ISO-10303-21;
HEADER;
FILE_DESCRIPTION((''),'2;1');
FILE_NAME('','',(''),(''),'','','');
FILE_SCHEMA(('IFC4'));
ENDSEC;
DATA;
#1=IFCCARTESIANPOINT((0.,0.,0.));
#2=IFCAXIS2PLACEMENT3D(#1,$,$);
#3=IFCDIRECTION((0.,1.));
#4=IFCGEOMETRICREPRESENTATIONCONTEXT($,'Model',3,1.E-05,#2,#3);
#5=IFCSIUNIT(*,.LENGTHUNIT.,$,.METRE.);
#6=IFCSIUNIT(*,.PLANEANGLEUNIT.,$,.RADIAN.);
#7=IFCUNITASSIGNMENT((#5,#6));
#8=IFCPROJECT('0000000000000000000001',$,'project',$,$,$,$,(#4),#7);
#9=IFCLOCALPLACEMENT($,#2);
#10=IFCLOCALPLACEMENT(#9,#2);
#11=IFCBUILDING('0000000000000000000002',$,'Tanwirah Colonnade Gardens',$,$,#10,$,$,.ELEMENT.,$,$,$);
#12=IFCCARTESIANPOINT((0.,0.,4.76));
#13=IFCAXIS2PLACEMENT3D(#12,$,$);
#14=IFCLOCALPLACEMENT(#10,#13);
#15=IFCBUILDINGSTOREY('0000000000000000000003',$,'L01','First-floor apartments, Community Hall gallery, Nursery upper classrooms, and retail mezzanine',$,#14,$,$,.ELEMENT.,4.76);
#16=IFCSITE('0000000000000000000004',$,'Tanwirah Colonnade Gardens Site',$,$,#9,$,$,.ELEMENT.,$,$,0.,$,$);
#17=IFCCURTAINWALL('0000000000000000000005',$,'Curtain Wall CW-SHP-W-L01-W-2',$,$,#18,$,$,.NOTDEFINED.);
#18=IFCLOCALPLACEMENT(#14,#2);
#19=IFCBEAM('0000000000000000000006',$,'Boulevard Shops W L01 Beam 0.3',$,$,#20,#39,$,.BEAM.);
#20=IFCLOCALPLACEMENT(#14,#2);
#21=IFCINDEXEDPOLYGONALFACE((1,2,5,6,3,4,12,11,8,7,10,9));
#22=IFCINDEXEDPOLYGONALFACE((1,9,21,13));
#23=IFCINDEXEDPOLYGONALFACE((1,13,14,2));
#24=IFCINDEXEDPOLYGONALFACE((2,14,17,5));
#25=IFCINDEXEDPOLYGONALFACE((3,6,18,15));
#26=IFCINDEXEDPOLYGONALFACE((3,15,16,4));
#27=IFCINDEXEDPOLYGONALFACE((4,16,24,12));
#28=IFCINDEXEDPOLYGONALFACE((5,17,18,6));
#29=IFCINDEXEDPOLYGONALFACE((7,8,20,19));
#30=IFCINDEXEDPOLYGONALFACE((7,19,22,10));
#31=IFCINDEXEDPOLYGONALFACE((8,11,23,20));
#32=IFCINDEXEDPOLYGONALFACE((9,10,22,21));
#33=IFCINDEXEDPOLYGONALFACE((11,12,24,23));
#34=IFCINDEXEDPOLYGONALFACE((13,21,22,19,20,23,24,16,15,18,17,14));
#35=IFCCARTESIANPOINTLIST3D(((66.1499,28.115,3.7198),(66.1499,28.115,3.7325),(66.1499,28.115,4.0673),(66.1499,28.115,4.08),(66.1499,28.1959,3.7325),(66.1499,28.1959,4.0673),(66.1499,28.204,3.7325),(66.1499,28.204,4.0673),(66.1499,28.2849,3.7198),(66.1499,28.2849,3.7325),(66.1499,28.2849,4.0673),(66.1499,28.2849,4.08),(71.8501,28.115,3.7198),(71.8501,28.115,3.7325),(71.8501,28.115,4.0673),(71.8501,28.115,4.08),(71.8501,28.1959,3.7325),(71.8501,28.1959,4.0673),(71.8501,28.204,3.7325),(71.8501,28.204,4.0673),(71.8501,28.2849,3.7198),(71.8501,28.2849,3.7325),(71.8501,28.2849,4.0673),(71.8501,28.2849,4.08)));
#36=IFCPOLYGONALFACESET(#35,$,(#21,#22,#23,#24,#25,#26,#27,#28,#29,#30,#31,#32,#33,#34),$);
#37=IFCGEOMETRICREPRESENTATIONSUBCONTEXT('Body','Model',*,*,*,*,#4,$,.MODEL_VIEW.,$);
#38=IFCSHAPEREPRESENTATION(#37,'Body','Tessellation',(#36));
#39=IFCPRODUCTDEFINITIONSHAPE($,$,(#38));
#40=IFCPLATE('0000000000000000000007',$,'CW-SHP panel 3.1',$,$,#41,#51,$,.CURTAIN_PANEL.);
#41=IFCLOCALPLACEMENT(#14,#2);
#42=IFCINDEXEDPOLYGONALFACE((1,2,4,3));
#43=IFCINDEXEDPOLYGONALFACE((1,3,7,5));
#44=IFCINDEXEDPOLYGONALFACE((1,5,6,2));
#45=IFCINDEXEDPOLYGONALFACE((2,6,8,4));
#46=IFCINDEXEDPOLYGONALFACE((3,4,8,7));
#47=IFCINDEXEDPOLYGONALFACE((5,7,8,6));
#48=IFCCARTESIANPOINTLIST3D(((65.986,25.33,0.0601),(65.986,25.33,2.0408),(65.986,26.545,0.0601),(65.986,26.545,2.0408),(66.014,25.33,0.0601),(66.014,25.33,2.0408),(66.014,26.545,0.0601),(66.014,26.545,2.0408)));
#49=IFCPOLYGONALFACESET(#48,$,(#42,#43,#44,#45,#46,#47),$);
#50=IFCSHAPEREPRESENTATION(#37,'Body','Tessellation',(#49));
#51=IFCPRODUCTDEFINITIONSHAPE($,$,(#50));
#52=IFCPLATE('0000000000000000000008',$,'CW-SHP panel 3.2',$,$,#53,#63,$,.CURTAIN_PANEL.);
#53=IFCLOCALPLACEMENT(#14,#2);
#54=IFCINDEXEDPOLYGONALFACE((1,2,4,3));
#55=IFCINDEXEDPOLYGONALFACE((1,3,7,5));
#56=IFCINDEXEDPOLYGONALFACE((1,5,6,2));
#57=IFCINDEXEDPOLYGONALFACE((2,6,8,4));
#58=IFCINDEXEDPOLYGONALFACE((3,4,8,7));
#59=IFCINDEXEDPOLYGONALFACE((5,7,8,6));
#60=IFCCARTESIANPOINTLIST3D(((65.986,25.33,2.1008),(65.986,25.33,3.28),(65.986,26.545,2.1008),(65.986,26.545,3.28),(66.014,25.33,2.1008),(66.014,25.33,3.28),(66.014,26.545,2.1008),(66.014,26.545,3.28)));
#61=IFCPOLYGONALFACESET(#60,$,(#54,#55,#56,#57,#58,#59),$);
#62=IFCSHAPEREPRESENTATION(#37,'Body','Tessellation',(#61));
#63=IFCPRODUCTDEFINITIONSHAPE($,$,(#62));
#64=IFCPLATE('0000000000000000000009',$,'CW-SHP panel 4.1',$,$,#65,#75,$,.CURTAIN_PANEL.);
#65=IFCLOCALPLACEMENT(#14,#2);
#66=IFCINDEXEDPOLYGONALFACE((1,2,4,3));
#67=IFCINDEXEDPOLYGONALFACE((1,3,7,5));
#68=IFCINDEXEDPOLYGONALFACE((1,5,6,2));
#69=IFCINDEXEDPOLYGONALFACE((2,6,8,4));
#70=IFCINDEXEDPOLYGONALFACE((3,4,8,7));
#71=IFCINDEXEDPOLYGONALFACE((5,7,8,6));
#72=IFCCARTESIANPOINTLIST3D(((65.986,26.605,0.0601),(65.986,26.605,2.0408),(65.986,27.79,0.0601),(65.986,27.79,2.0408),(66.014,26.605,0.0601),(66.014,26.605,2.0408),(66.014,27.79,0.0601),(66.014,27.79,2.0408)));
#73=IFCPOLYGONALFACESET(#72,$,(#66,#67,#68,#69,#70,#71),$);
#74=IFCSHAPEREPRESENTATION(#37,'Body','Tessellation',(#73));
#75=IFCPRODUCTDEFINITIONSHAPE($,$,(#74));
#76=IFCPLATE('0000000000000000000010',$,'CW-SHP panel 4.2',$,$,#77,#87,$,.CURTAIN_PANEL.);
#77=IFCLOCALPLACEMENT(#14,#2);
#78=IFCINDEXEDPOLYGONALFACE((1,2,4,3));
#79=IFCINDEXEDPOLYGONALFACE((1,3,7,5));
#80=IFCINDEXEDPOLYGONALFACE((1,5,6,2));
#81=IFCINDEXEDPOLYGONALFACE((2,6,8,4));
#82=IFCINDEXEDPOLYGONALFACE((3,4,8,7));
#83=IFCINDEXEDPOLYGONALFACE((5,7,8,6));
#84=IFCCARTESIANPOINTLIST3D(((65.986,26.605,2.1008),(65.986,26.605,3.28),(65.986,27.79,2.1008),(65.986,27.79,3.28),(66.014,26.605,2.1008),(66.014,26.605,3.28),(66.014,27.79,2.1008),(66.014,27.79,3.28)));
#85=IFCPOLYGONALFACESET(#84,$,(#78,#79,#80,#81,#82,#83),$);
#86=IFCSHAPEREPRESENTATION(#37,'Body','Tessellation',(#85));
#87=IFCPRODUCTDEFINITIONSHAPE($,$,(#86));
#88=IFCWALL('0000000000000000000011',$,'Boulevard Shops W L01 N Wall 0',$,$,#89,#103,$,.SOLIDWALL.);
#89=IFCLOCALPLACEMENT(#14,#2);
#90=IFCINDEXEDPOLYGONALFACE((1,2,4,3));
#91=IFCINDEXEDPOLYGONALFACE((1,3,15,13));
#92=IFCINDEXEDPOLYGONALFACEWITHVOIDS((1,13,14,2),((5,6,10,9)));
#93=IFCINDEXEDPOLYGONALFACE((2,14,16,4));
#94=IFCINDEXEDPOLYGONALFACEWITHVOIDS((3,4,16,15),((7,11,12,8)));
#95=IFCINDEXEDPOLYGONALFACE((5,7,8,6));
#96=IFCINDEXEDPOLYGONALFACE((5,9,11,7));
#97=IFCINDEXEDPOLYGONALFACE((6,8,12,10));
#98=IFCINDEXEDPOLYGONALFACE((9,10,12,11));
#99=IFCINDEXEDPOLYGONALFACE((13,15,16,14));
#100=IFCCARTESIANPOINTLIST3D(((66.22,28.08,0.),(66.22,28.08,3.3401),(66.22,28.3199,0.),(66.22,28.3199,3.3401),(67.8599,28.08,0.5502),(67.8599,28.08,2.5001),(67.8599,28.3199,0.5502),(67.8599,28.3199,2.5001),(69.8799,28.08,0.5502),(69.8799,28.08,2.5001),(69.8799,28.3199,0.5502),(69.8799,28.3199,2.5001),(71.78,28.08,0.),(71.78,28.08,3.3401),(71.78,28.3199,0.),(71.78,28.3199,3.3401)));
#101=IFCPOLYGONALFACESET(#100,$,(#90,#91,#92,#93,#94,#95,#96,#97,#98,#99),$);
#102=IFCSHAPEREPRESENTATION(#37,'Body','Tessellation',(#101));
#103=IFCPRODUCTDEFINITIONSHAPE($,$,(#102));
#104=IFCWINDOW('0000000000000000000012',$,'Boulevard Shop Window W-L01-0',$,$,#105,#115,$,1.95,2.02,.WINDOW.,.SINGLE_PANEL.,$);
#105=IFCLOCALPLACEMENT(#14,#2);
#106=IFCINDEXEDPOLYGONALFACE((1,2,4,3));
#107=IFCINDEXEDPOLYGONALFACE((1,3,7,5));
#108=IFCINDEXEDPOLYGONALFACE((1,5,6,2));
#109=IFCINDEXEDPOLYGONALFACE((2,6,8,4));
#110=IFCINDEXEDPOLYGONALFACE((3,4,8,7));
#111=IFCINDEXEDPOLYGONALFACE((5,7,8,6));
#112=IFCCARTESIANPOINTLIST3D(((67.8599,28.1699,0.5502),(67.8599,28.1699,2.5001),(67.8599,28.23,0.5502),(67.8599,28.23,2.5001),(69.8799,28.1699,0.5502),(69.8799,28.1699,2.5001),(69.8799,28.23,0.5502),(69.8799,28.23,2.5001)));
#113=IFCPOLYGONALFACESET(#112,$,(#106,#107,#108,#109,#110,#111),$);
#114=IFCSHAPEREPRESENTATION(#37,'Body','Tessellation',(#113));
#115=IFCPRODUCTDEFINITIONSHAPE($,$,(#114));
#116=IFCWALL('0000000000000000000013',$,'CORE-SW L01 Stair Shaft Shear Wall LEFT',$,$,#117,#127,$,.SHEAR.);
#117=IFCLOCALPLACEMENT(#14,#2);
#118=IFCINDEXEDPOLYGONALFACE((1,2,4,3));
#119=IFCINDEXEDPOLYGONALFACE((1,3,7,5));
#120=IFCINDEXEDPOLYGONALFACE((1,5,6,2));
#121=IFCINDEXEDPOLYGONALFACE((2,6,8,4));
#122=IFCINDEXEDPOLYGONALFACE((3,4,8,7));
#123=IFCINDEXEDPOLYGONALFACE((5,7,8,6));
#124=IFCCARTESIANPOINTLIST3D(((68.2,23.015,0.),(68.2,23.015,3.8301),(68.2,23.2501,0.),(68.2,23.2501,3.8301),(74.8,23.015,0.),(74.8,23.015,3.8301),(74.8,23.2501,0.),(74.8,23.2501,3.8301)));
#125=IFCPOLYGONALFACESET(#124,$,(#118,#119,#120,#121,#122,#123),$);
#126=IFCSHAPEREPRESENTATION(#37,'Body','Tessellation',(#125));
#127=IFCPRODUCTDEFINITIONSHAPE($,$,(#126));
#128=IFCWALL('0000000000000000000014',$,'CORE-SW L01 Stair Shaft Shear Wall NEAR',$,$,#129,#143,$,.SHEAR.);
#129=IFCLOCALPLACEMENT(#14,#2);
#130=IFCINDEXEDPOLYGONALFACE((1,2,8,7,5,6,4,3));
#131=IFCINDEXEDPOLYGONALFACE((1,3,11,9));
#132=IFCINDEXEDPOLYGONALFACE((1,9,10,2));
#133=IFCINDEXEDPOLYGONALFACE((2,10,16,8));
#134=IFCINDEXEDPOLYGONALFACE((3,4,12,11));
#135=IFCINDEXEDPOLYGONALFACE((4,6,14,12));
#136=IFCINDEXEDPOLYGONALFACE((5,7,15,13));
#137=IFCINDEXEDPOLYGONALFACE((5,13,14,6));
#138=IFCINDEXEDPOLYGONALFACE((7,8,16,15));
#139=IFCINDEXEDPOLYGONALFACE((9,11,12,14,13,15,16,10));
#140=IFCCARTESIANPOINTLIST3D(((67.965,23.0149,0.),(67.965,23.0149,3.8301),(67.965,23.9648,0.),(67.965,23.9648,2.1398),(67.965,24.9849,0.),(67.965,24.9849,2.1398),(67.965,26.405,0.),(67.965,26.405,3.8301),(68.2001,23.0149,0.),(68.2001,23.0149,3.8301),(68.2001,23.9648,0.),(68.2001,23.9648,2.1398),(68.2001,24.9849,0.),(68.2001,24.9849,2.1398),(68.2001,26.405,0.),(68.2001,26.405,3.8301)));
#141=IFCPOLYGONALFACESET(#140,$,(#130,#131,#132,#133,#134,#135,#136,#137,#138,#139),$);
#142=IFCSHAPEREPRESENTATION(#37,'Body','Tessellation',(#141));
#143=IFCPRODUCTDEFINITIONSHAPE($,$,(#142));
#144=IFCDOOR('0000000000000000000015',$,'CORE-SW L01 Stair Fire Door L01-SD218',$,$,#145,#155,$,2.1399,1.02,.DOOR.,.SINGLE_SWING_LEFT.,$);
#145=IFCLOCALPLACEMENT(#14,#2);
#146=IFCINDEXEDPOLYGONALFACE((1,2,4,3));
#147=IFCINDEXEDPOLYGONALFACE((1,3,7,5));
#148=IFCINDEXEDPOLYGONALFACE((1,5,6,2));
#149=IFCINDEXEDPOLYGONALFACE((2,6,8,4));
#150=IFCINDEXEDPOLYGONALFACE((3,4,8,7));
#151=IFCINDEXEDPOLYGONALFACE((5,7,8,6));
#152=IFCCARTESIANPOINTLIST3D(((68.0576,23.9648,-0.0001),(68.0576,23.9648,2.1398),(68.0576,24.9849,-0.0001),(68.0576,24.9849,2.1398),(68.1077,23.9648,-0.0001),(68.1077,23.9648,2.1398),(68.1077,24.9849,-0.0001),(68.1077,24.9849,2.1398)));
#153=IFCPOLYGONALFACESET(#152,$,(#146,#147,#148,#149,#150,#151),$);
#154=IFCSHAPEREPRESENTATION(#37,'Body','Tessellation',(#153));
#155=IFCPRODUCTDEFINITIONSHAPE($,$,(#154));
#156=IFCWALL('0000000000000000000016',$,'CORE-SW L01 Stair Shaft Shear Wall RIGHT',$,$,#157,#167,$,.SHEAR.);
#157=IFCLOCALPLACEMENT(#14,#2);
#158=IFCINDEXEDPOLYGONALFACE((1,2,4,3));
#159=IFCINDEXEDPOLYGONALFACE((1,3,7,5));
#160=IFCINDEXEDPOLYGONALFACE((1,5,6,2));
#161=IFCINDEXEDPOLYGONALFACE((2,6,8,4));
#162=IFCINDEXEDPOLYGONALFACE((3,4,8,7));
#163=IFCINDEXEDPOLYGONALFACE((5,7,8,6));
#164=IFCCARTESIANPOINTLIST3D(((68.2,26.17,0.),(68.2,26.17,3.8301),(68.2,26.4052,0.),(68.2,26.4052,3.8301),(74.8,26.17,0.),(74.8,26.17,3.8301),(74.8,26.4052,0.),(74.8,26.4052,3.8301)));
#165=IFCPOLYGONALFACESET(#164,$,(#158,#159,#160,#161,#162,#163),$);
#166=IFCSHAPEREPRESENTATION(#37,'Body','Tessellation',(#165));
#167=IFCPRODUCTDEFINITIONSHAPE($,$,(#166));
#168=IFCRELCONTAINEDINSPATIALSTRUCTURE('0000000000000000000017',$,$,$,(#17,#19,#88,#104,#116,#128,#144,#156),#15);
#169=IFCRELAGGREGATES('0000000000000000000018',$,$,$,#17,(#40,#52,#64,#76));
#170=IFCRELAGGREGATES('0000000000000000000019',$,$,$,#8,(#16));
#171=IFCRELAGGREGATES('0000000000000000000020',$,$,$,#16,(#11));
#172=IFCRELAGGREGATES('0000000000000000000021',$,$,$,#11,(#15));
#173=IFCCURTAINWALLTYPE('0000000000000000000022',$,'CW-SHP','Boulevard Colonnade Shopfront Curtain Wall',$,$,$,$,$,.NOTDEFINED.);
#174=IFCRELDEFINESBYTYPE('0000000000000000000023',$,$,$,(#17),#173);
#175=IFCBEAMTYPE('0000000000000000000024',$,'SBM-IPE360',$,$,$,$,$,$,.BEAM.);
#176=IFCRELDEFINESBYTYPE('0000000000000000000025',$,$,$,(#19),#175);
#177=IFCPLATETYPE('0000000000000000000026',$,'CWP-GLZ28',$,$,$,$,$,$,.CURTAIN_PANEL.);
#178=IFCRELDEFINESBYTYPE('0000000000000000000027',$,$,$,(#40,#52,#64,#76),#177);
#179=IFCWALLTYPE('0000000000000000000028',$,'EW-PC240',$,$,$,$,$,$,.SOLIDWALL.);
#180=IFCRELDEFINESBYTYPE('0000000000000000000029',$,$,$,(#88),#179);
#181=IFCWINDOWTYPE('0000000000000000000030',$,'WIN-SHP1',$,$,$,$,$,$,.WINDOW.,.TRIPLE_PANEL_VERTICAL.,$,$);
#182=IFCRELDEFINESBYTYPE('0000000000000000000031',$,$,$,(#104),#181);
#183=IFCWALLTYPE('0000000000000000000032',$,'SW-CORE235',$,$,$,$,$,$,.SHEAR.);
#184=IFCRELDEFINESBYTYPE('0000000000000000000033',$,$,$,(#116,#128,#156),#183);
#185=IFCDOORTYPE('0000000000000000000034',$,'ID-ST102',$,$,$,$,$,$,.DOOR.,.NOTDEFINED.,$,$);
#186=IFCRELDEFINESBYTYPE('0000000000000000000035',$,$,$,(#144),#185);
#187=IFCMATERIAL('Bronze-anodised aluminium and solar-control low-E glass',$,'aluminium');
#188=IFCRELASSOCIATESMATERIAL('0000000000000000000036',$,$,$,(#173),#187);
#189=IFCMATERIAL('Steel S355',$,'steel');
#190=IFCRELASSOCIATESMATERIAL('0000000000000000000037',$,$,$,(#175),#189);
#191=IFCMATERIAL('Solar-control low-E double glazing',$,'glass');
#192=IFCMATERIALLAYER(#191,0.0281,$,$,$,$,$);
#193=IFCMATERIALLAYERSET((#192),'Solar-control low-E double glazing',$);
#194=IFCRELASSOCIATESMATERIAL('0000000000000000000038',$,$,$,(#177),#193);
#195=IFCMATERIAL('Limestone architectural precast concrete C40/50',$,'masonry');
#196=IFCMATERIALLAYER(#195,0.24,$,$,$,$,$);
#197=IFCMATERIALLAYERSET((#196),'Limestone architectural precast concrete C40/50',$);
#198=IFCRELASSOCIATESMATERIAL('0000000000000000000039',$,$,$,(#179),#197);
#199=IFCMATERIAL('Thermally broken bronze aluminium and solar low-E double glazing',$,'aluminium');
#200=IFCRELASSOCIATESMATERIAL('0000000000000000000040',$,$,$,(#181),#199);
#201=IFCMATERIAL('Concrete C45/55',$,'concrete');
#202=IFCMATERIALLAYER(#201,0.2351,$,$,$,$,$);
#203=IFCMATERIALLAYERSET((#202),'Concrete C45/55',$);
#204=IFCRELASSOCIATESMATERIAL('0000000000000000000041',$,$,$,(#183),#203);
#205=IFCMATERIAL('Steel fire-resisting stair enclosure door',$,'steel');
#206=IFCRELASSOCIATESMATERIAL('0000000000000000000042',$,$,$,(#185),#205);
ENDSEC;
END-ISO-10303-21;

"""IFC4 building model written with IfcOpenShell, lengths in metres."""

from ifc_helpers import new_model, si_unit, direction, frame, frame_2d, origin, origin_2d, place, context, subcontext, project, spatial, rectangle, i_section, extrude, material, layer, layer_set, material_profile, profile_set, type_object, element, fill, aggregate, save


model = new_model("IFC4")

# Units and contexts
model_context = context("Model", 3, precision=1e-05, world=origin(), true_north=direction((0.0, 1.0)))
body_context = subcontext(model_context, "Body", "Model", "MODEL_VIEW")
ifc_project = project(units=[si_unit("LENGTHUNIT", "METRE"), si_unit("PLANEANGLEUNIT", "RADIAN")], contexts=[model_context])

# Site, building, storey
site_placement = place(None, origin())
site = spatial("IfcSite", under=ifc_project, at=site_placement, Name="Tanwirah Colonnade Gardens Site", CompositionType="ELEMENT", RefElevation=0.0)
building_placement = place(site_placement, origin())
building = spatial("IfcBuilding", under=site, at=building_placement, Name="Tanwirah Colonnade Gardens", CompositionType="ELEMENT")
storey_placement = place(building_placement, frame((0.0, 0.0, 4.76)))
storey = spatial("IfcBuildingStorey", under=building, at=storey_placement, Name="L01", Description="First-floor apartments, Community Hall gallery, Nursery upper classrooms, and retail mezzanine", CompositionType="ELEMENT", Elevation=4.76)

# Curtain wall
ifc_material_1 = material(Name="Bronze-anodised aluminium and solar-control low-E glass", Category="aluminium")
curtain_wall_type = type_object("IfcCurtainWallType", Name="CW-SHP", Description="Boulevard Colonnade Shopfront Curtain Wall", PredefinedType="NOTDEFINED", material=ifc_material_1)
curtain_wall_placement = place(storey_placement, origin())
curtain_wall = element("IfcCurtainWall", 1, at=curtain_wall_placement, inside=storey, type_object=curtain_wall_type, Name="Curtain Wall CW-SHP-W-L01-W-2", PredefinedType="NOTDEFINED")

# Beam
ifc_material_2 = material(Name="Steel S355", Category="steel")
ifc_material_profile_1 = material_profile(ifc_material_2, i_section(OverallWidth=0.1699, OverallDepth=0.3601, WebThickness=0.0081, FlangeThickness=0.0127, at=origin_2d()), Name="IPE 360")
ifc_profile_set_1 = profile_set([ifc_material_profile_1], Name="Steel S355")
beam_type = type_object("IfcBeamType", Name="SBM-IPE360", PredefinedType="BEAM", material=ifc_profile_set_1)
beam_placement = place(storey_placement, frame((66.1499, 28.2, 3.8999), z_axis=(1.0, 0.0, 0.0), x_axis=(0.0, 1.0, 0.0)))
element("IfcBeam", 2, at=beam_placement, inside=storey, type_object=beam_type, Name="Boulevard Shops W L01 Beam 0.3", PredefinedType="BEAM", context=body_context, shape_type="SweptSolid", body=[
    extrude(i_section(OverallWidth=0.1699, OverallDepth=0.3601, WebThickness=0.0081, FlangeThickness=0.0127, at=origin_2d()), origin(), (0.0, 0.0, 1.0), 5.7002),
])

# Plates
ifc_material_3 = material(Name="Solar-control low-E double glazing", Category="glass")
ifc_layer_1 = layer(ifc_material_3, 0.0281)
ifc_layer_set_1 = layer_set([ifc_layer_1], Name="Solar-control low-E double glazing")
plate_type = type_object("IfcPlateType", Name="CWP-GLZ28", PredefinedType="CURTAIN_PANEL", material=ifc_layer_set_1)
plate_1_placement = place(storey_placement, frame((66.0, 25.9375, 0.0601), z_axis=(0.0, 0.0, 1.0), x_axis=(0.0, 1.0, 0.0)))
plate_1 = element("IfcPlate", 3, at=plate_1_placement, type_object=plate_type, Name="CW-SHP panel 3.1", PredefinedType="CURTAIN_PANEL", context=body_context, shape_type="SweptSolid", body=[
    extrude(rectangle(XDim=1.2151, YDim=0.0281, at=origin_2d()), origin(), (0.0, 0.0, 1.0), 1.9807),
])
plate_2_placement = place(storey_placement, frame((66.0, 25.9375, 2.1008), z_axis=(0.0, 0.0, 1.0), x_axis=(0.0, 1.0, 0.0)))
plate_2 = element("IfcPlate", 4, at=plate_2_placement, type_object=plate_type, Name="CW-SHP panel 3.2", PredefinedType="CURTAIN_PANEL", context=body_context, shape_type="SweptSolid", body=[
    extrude(rectangle(XDim=1.2151, YDim=0.0281, at=origin_2d()), origin(), (0.0, 0.0, 1.0), 1.1792),
])
plate_3_placement = place(storey_placement, frame((66.0, 27.1975, 0.0601), z_axis=(0.0, 0.0, 1.0), x_axis=(0.0, 1.0, 0.0)))
plate_3 = element("IfcPlate", 5, at=plate_3_placement, type_object=plate_type, Name="CW-SHP panel 4.1", PredefinedType="CURTAIN_PANEL", context=body_context, shape_type="SweptSolid", body=[
    extrude(rectangle(XDim=1.1851, YDim=0.0281, at=origin_2d()), origin(), (0.0, 0.0, 1.0), 1.9807),
])
plate_4_placement = place(storey_placement, frame((66.0, 27.1975, 2.1008), z_axis=(0.0, 0.0, 1.0), x_axis=(0.0, 1.0, 0.0)))
plate_4 = element("IfcPlate", 6, at=plate_4_placement, type_object=plate_type, Name="CW-SHP panel 4.2", PredefinedType="CURTAIN_PANEL", context=body_context, shape_type="SweptSolid", body=[
    extrude(rectangle(XDim=1.1851, YDim=0.0281, at=origin_2d()), origin(), (0.0, 0.0, 1.0), 1.1792),
])
aggregate(curtain_wall, [plate_1, plate_2, plate_3, plate_4])

# Wall, opening, window
ifc_material_4 = material(Name="Limestone architectural precast concrete C40/50", Category="masonry")
ifc_layer_2 = layer(ifc_material_4, 0.24)
ifc_layer_set_2 = layer_set([ifc_layer_2], Name="Limestone architectural precast concrete C40/50")
wall_type_1 = type_object("IfcWallType", Name="EW-PC240", PredefinedType="SOLIDWALL", material=ifc_layer_set_2)
wall_1_placement = place(storey_placement, frame((66.22, 28.2, 0.0), z_axis=(0.0, 0.0, 1.0), x_axis=(1.0, 0.0, 0.0)))
wall_1 = element("IfcWall", 7, at=wall_1_placement, inside=storey, type_object=wall_type_1, Name="Boulevard Shops W L01 N Wall 0", PredefinedType="SOLIDWALL", context=body_context, shape_type="SweptSolid", body=[
    extrude(rectangle(XDim=5.5601, YDim=0.24, at=frame_2d((2.78, 0.0))), origin(), (0.0, 0.0, 1.0), 3.3401),
])
opening_1_placement = place(wall_1_placement, frame((1.6399, 0.0, 0.55)))
opening_1 = element("IfcOpeningElement", 8, at=opening_1_placement, cuts=wall_1, PredefinedType="OPENING", context=body_context, shape_type="SweptSolid", body=[
    extrude(rectangle(XDim=2.02, YDim=1.95, at=frame_2d((1.01, 0.9751))), frame((0.0, 0.1299, 0.0), z_axis=(0.0, -1.0, 0.0), x_axis=(1.0, 0.0, 0.0)), (0.0, 0.0, 1.0), 0.26),
])
ifc_material_5 = material(Name="Thermally broken bronze aluminium and solar low-E double glazing", Category="aluminium")
window_type = type_object("IfcWindowType", Name="WIN-SHP1", PartitioningType="TRIPLE_PANEL_VERTICAL", PredefinedType="WINDOW", material=ifc_material_5)
window_placement = place(opening_1_placement, origin())
window = element("IfcWindow", 9, at=window_placement, inside=storey, type_object=window_type, Name="Boulevard Shop Window W-L01-0", OverallHeight=1.95, OverallWidth=2.02, PartitioningType="SINGLE_PANEL", PredefinedType="WINDOW", context=body_context, shape_type="SweptSolid", body=[
    extrude(rectangle(XDim=2.02, YDim=1.95, at=frame_2d((1.01, 0.9751))), frame((0.0, 0.03, 0.0), z_axis=(0.0, -1.0, 0.0), x_axis=(1.0, 0.0, 0.0)), (0.0, 0.0, 1.0), 0.0601),
])
fill(opening_1, window)

# Wall
ifc_material_6 = material(Name="Concrete C45/55", Category="concrete")
ifc_layer_3 = layer(ifc_material_6, 0.2351)
ifc_layer_set_3 = layer_set([ifc_layer_3], Name="Concrete C45/55")
wall_type_2 = type_object("IfcWallType", Name="SW-CORE235", PredefinedType="SHEAR", material=ifc_layer_set_3)
wall_2_placement = place(storey_placement, frame((68.2, 23.1326, 0.0), z_axis=(0.0, 0.0, 1.0), x_axis=(1.0, 0.0, 0.0)))
element("IfcWall", 10, at=wall_2_placement, inside=storey, type_object=wall_type_2, Name="CORE-SW L01 Stair Shaft Shear Wall LEFT", PredefinedType="SHEAR", context=body_context, shape_type="SweptSolid", body=[
    extrude(rectangle(XDim=6.6001, YDim=0.2351, at=frame_2d((3.3, 0.0))), origin(), (0.0, 0.0, 1.0), 3.8301),
])

# Wall, opening, door
wall_3_placement = place(storey_placement, frame((68.0825, 23.0149, 0.0), z_axis=(0.0, 0.0, 1.0), x_axis=(0.0, 1.0, 0.0)))
wall_3 = element("IfcWall", 11, at=wall_3_placement, inside=storey, type_object=wall_type_2, Name="CORE-SW L01 Stair Shaft Shear Wall NEAR", PredefinedType="SHEAR", context=body_context, shape_type="SweptSolid", body=[
    extrude(rectangle(XDim=3.3901, YDim=0.2351, at=frame_2d((1.6951, 0.0))), origin(), (0.0, 0.0, 1.0), 3.8301),
])
opening_2_placement = place(wall_3_placement, frame((0.95, 0.0, 0.0)))
opening_2 = element("IfcOpeningElement", 12, at=opening_2_placement, cuts=wall_3, PredefinedType="OPENING", context=body_context, shape_type="SweptSolid", body=[
    extrude(rectangle(XDim=1.02, YDim=2.1399, at=frame_2d((0.51, 1.0698))), frame((0.0, 0.1274, 0.0), z_axis=(0.0, -1.0, 0.0), x_axis=(1.0, 0.0, 0.0)), (0.0, 0.0, 1.0), 0.2551),
])
ifc_material_7 = material(Name="Steel fire-resisting stair enclosure door", Category="steel")
door_type = type_object("IfcDoorType", Name="ID-ST102", OperationType="NOTDEFINED", PredefinedType="DOOR", material=ifc_material_7)
door_placement = place(opening_2_placement, origin())
door = element("IfcDoor", 13, at=door_placement, inside=storey, type_object=door_type, Name="CORE-SW L01 Stair Fire Door L01-SD218", OperationType="SINGLE_SWING_LEFT", OverallHeight=2.1399, OverallWidth=1.02, PredefinedType="DOOR", context=body_context, shape_type="SweptSolid", body=[
    extrude(rectangle(XDim=1.02, YDim=2.1399, at=frame_2d((0.51, 1.0698))), frame((0.0, 0.0249, 0.0), z_axis=(0.0, -1.0, 0.0), x_axis=(1.0, 0.0, 0.0)), (0.0, 0.0, 1.0), 0.05),
])
fill(opening_2, door)

# Wall
wall_4_placement = place(storey_placement, frame((68.2, 26.2876, 0.0), z_axis=(0.0, 0.0, 1.0), x_axis=(1.0, 0.0, 0.0)))
element("IfcWall", 14, at=wall_4_placement, inside=storey, type_object=wall_type_2, Name="CORE-SW L01 Stair Shaft Shear Wall RIGHT", PredefinedType="SHEAR", context=body_context, shape_type="SweptSolid", body=[
    extrude(rectangle(XDim=6.6001, YDim=0.2351, at=frame_2d((3.3, 0.0))), origin(), (0.0, 0.0, 1.0), 3.8301),
])

save(model, "model.ifc")
